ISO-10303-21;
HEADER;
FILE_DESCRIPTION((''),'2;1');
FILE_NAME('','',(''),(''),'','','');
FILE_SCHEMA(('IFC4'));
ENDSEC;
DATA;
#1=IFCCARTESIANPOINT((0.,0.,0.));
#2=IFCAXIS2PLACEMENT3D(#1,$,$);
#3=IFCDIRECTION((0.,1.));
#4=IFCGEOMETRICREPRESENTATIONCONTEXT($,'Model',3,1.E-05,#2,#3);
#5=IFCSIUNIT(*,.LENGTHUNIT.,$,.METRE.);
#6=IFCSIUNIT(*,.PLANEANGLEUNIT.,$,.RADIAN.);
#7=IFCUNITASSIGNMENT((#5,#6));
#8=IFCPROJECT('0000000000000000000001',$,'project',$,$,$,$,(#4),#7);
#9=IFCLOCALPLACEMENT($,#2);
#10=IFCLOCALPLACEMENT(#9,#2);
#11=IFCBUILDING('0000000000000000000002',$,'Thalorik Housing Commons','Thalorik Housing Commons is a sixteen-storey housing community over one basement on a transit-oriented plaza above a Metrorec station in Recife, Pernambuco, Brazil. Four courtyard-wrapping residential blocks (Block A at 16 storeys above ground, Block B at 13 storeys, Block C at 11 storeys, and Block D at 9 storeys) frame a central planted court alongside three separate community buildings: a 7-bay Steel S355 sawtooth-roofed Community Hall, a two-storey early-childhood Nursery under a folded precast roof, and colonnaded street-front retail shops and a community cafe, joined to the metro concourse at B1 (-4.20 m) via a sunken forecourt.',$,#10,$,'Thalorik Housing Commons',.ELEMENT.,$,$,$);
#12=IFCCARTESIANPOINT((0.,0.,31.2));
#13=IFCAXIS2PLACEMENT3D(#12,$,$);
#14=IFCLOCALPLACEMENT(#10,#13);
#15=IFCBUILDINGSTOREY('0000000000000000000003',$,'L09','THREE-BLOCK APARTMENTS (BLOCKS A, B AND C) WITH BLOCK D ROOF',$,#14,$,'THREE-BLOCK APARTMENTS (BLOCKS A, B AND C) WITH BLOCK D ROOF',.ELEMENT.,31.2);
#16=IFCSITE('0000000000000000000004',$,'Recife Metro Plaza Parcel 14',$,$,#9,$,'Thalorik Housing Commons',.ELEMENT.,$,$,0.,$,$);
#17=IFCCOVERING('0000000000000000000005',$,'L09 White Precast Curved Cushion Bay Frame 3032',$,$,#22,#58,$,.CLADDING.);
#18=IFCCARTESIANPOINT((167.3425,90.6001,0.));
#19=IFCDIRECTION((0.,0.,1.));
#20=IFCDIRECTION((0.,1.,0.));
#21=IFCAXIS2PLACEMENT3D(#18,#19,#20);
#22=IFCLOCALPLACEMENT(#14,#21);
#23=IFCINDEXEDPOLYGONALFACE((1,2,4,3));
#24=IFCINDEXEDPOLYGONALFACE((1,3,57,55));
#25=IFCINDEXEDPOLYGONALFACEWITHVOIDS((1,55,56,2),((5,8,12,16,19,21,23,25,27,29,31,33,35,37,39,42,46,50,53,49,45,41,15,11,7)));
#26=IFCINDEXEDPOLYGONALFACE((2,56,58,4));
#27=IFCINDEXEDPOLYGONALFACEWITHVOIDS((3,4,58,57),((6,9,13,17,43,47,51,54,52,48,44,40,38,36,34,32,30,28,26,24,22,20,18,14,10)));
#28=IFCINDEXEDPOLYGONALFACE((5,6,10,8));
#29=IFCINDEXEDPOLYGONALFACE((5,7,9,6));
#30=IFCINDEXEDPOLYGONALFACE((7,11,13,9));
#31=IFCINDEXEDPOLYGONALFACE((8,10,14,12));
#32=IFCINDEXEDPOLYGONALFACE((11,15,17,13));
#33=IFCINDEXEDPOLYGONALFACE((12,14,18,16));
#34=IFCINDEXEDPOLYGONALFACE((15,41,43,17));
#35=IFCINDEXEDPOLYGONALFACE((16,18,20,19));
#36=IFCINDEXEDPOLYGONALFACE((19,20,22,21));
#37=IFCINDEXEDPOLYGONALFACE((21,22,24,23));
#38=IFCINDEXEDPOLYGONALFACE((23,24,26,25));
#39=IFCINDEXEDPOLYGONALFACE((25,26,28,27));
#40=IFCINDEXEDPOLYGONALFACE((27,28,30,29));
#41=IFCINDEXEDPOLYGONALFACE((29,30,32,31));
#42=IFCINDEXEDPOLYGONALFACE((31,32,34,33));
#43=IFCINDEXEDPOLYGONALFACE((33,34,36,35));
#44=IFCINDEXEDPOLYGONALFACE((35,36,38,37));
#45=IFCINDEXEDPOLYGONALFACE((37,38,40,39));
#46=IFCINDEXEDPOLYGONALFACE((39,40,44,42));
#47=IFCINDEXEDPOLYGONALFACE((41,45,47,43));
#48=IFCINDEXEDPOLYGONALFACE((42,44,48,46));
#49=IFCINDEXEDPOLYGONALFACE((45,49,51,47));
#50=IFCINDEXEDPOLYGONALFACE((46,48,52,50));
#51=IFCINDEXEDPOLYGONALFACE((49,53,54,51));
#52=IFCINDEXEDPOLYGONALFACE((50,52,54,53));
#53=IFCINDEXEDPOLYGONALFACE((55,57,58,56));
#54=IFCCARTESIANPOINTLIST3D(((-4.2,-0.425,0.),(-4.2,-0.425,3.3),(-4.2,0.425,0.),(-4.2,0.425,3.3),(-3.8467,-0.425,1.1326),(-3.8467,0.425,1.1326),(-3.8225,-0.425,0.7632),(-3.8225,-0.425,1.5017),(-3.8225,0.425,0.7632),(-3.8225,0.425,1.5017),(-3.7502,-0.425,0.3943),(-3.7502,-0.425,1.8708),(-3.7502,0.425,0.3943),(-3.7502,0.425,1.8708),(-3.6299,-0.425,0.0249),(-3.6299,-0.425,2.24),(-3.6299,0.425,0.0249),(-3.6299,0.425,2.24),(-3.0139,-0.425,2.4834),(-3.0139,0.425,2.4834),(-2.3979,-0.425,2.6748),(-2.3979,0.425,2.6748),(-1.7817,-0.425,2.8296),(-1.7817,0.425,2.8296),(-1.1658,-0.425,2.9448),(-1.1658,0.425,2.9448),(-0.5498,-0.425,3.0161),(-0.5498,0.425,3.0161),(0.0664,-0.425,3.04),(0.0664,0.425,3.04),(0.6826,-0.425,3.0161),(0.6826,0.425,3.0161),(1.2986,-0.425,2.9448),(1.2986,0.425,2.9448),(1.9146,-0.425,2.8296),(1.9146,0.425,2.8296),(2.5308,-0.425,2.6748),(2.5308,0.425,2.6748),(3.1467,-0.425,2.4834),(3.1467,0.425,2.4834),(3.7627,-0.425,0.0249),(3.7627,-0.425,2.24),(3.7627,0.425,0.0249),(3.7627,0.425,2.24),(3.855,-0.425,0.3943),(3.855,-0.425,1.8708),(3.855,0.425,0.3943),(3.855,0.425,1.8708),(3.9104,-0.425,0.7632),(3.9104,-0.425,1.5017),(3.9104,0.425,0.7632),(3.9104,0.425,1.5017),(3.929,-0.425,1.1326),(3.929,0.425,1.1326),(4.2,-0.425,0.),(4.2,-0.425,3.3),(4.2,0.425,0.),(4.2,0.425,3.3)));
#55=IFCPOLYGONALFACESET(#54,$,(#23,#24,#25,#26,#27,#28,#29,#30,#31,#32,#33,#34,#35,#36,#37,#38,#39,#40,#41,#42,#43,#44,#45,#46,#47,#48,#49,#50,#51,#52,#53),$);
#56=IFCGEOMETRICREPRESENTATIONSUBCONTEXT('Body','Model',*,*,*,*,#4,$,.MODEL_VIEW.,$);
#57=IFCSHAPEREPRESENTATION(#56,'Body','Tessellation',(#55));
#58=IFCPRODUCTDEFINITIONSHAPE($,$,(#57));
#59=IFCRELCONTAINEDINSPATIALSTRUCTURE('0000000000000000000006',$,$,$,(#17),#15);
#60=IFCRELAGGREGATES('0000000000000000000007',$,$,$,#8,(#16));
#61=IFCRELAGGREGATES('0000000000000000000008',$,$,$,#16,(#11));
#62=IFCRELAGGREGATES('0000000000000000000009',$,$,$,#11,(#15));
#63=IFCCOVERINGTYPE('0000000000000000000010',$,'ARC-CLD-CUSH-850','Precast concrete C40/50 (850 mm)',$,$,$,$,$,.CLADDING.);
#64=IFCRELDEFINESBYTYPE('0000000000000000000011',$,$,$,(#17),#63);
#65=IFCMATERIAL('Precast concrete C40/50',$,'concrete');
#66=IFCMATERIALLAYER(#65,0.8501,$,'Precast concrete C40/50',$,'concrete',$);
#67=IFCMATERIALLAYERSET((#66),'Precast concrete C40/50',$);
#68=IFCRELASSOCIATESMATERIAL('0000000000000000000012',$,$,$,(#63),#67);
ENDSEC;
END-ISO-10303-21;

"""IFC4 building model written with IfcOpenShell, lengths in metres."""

from ifc_helpers import new_model, si_unit, direction, frame, origin, place, context, subcontext, project, spatial, polyline, outline, extrude, material, layer, layer_set, type_object, element, save


model = new_model("IFC4")

# Units and contexts
model_context = context("Model", 3, precision=1e-05, world=origin(), true_north=direction((0.0, 1.0)))
body_context = subcontext(model_context, "Body", "Model", "MODEL_VIEW")
ifc_project = project(units=[si_unit("LENGTHUNIT", "METRE"), si_unit("PLANEANGLEUNIT", "RADIAN")], contexts=[model_context])

# Site, building, storey
site_placement = place(None, origin())
site = spatial("IfcSite", under=ifc_project, at=site_placement, Name="Recife Metro Plaza Parcel 14", LongName="Thalorik Housing Commons", CompositionType="ELEMENT", RefElevation=0.0)
building_placement = place(site_placement, origin())
building = spatial("IfcBuilding", under=site, at=building_placement, Name="Thalorik Housing Commons", Description="Thalorik Housing Commons is a sixteen-storey housing community over one basement on a transit-oriented plaza above a Metrorec station in Recife, Pernambuco, Brazil. Four courtyard-wrapping residential blocks (Block A at 16 storeys above ground, Block B at 13 storeys, Block C at 11 storeys, and Block D at 9 storeys) frame a central planted court alongside three separate community buildings: a 7-bay Steel S355 sawtooth-roofed Community Hall, a two-storey early-childhood Nursery under a folded precast roof, and colonnaded street-front retail shops and a community cafe, joined to the metro concourse at B1 (-4.20 m) via a sunken forecourt.", LongName="Thalorik Housing Commons", CompositionType="ELEMENT")
storey_placement = place(building_placement, frame((0.0, 0.0, 31.2)))
storey = spatial("IfcBuildingStorey", under=building, at=storey_placement, Name="L09", Description="THREE-BLOCK APARTMENTS (BLOCKS A, B AND C) WITH BLOCK D ROOF", LongName="THREE-BLOCK APARTMENTS (BLOCKS A, B AND C) WITH BLOCK D ROOF", CompositionType="ELEMENT", Elevation=31.2)

# Shared definitions
ifc_material_1 = material(Name="Precast concrete C40/50", Category="concrete")

# Covering
ifc_layer_1 = layer(ifc_material_1, 0.8501, Name="Precast concrete C40/50", Category="concrete")
ifc_layer_set_1 = layer_set([ifc_layer_1], Name="Precast concrete C40/50")
covering_type_1 = type_object("IfcCoveringType", Name="ARC-CLD-CUSH-850", Description="Precast concrete C40/50 (850 mm)", PredefinedType="CLADDING", material=ifc_layer_set_1)
covering_1_placement = place(storey_placement, frame((167.3425, 90.6001, 0.0), z_axis=(0.0, 0.0, 1.0), x_axis=(0.0, 1.0, 0.0)))
element("IfcCovering", 1, at=covering_1_placement, inside=storey, type_object=covering_type_1, Name="L09 White Precast Curved Cushion Bay Frame 3032", PredefinedType="CLADDING", context=body_context, shape_type="SweptSolid", body=[
    extrude(outline(polyline([(-4.2, 0.0), (4.2, 0.0), (4.2, 3.3), (-4.2, 3.3), (-4.2, 0.0)]), holes=[polyline([(3.7627, 0.0249), (3.855, 0.3943), (3.9104, 0.7632), (3.929, 1.1326), (3.9104, 1.5017), (3.855, 1.8708), (3.7627, 2.24), (3.1467, 2.4834), (2.5308, 2.6748), (1.9146, 2.8296), (1.2986, 2.9448), (0.6826, 3.0161), (0.0664, 3.04), (-0.5498, 3.0161), (-1.1658, 2.9448), (-1.7817, 2.8296), (-2.3979, 2.6748), (-3.0139, 2.4834), (-3.6299, 2.24), (-3.7502, 1.8708), (-3.8225, 1.5017), (-3.8467, 1.1326), (-3.8225, 0.7632), (-3.7502, 0.3943), (-3.6299, 0.0249), (3.7627, 0.0249)])]), frame((0.0, 0.425, 0.0), z_axis=(0.0, -1.0, 0.0), x_axis=(1.0, 0.0, 0.0)), (0.0, 0.0, 1.0), 0.8501),
])

save(model, "model.ifc")
